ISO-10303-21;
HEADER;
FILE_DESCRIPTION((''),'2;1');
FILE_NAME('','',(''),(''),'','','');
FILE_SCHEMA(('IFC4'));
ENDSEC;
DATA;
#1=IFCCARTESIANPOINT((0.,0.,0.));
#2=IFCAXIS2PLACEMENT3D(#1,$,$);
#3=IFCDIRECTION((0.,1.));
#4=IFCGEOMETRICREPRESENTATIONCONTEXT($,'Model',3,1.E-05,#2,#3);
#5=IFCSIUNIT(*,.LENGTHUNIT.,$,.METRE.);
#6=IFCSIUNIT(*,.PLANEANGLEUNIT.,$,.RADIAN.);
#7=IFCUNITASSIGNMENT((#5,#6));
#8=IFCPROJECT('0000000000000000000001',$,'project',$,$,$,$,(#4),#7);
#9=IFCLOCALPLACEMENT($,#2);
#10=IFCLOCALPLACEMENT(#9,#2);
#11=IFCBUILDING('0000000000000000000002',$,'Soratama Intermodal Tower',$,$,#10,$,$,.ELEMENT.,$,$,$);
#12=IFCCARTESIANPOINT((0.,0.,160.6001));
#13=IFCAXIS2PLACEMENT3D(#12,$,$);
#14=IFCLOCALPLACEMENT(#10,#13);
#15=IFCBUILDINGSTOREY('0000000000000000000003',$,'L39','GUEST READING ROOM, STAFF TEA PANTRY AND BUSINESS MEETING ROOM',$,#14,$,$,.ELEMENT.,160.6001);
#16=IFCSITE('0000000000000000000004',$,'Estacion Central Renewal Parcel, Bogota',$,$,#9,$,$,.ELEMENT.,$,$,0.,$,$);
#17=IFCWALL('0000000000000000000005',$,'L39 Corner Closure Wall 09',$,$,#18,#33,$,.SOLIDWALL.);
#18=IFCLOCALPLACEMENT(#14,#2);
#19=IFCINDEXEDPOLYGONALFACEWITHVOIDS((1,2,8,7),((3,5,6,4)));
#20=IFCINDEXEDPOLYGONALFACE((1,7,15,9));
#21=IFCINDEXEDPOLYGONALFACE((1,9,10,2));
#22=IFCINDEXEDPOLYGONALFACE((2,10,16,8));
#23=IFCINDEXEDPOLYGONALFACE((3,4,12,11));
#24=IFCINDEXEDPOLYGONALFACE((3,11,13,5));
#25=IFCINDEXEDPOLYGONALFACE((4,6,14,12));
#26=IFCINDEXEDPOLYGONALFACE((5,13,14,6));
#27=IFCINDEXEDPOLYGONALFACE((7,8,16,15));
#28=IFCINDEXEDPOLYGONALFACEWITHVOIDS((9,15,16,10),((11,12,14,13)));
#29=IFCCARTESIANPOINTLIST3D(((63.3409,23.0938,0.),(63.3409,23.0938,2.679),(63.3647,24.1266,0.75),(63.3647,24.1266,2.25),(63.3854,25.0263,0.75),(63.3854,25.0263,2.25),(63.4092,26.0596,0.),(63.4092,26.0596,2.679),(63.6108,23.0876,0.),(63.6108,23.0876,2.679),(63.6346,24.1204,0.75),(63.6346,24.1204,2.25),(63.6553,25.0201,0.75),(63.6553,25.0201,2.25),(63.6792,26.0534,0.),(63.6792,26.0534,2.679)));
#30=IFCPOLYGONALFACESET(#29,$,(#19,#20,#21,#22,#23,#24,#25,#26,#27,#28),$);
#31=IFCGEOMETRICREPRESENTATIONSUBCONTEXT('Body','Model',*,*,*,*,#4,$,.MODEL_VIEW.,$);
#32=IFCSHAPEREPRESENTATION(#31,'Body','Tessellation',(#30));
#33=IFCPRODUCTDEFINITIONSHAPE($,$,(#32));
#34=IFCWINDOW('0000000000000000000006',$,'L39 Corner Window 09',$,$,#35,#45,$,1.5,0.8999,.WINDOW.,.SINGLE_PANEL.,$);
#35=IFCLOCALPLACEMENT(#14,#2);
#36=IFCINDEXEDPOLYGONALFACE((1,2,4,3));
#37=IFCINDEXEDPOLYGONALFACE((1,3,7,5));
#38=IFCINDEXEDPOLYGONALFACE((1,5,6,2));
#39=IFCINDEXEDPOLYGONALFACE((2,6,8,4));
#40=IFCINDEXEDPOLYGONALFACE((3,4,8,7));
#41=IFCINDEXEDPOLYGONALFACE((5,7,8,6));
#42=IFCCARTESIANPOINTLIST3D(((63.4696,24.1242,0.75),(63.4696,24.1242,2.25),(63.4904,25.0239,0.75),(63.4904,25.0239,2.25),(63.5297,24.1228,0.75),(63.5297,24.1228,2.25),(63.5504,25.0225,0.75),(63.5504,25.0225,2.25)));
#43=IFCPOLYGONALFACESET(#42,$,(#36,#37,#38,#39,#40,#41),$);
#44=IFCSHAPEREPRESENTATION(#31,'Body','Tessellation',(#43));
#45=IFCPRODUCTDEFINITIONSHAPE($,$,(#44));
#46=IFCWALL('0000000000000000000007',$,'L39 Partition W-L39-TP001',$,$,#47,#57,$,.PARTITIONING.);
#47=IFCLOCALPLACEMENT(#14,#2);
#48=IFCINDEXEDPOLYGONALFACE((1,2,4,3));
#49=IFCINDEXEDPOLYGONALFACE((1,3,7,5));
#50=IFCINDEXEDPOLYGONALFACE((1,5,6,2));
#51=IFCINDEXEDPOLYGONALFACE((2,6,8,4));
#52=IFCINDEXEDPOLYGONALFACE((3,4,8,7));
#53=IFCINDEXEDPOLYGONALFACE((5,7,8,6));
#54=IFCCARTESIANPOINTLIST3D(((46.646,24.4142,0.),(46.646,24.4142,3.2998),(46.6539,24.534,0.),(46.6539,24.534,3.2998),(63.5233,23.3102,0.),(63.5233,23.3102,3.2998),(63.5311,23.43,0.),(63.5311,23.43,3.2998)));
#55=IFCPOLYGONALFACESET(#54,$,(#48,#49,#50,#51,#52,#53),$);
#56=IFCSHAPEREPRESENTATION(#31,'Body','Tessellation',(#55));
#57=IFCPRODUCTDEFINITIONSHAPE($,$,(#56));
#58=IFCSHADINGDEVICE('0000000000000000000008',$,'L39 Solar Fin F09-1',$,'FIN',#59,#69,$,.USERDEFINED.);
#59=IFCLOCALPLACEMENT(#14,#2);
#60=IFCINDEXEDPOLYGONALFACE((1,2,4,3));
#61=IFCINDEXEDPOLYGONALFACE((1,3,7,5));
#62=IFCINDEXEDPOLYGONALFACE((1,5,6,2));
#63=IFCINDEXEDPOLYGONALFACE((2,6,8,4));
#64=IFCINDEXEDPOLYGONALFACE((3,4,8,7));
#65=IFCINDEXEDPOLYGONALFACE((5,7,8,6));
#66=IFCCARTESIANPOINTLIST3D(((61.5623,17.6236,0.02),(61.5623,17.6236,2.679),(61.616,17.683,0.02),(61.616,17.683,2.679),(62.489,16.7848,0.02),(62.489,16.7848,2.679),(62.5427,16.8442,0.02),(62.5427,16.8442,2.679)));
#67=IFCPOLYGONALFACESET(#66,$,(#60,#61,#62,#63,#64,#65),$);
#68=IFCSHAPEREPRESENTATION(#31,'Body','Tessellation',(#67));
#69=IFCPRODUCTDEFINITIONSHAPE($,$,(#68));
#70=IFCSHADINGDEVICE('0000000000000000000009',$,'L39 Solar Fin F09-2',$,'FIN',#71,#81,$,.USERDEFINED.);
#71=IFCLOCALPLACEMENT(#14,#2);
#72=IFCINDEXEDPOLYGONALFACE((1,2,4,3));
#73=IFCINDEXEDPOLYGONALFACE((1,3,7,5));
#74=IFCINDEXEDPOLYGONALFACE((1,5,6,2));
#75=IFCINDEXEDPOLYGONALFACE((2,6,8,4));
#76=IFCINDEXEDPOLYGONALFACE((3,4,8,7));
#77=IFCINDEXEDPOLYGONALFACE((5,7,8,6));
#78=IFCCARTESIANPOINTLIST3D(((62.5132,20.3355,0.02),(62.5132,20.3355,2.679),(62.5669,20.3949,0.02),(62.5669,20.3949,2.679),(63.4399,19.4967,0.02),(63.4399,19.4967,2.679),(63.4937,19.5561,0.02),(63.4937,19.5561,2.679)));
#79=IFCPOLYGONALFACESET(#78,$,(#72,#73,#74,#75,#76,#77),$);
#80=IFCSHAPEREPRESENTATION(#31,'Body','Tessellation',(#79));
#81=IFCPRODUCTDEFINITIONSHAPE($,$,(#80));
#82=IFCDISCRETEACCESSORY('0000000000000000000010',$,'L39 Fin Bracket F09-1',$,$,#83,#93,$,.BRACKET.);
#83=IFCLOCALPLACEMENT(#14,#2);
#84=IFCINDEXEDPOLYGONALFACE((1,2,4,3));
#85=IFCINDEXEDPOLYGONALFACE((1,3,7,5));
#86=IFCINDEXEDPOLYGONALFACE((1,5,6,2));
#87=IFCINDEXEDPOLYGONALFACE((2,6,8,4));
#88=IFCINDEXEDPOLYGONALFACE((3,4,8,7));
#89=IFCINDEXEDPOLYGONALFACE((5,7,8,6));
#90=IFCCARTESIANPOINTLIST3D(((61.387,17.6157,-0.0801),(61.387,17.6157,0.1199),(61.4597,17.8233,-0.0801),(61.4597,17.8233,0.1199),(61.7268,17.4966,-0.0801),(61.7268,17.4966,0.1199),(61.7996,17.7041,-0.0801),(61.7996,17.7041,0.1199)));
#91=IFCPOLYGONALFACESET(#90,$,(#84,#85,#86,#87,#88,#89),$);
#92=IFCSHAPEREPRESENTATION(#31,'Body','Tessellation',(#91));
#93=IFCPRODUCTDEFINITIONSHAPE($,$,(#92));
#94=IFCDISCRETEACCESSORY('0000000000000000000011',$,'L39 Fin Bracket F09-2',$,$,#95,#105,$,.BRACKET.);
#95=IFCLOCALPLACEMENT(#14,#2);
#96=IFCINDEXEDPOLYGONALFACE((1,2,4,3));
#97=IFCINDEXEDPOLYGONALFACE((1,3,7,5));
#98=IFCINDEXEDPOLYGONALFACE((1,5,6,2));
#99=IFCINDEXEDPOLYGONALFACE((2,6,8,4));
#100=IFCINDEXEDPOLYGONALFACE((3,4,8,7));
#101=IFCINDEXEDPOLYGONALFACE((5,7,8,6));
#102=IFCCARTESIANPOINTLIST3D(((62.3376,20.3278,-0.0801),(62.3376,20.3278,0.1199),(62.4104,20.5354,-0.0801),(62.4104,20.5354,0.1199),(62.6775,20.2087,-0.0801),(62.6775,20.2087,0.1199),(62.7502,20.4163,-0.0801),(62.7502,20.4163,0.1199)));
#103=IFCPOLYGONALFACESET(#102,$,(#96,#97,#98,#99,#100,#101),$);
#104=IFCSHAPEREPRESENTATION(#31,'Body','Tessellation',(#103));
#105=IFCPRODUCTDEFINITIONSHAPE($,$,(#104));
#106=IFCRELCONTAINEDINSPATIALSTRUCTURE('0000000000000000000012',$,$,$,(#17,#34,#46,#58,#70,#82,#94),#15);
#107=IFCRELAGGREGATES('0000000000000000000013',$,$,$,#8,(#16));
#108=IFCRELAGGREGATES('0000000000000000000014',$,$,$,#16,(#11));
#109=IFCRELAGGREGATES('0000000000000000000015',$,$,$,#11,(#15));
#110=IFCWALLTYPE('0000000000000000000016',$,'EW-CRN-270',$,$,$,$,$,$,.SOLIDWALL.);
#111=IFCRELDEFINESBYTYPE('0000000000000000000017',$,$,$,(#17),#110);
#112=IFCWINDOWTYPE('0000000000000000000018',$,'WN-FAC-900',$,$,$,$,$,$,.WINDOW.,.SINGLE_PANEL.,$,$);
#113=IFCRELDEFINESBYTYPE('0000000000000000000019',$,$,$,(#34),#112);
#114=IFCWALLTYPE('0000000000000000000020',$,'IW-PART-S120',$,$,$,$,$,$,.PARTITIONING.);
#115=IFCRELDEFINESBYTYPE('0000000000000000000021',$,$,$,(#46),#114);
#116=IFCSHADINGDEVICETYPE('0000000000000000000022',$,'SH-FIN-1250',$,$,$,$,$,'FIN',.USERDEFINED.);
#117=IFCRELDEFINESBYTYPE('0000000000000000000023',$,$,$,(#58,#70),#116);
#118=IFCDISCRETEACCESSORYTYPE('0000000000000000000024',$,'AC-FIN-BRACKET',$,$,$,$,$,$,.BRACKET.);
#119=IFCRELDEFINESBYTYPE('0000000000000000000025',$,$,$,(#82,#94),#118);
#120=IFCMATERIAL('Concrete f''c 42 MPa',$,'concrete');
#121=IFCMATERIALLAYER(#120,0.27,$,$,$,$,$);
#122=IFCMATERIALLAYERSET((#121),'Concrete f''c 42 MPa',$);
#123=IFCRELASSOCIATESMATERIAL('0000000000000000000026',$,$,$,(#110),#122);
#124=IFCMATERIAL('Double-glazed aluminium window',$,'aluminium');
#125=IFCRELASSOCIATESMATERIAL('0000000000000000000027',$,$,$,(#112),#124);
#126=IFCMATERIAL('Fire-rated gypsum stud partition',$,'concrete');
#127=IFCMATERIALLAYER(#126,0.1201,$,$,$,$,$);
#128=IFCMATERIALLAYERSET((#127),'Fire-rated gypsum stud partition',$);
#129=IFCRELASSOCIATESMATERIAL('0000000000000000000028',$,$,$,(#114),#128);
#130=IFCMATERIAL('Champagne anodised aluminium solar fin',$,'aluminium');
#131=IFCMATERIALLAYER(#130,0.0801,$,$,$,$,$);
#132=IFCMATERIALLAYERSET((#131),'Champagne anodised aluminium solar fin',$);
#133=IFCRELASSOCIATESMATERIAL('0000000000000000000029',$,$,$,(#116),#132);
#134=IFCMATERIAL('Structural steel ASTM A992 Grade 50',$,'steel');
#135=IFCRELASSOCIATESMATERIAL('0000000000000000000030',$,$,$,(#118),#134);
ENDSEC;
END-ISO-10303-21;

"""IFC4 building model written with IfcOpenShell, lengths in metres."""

from ifc_helpers import new_model, si_unit, direction, frame, frame_2d, origin, origin_2d, place, context, subcontext, project, spatial, rectangle, extrude, material, layer, layer_set, type_object, element, fill, save


model = new_model("IFC4")

# Units and contexts
model_context = context("Model", 3, precision=1e-05, world=origin(), true_north=direction((0.0, 1.0)))
body_context = subcontext(model_context, "Body", "Model", "MODEL_VIEW")
ifc_project = project(units=[si_unit("LENGTHUNIT", "METRE"), si_unit("PLANEANGLEUNIT", "RADIAN")], contexts=[model_context])

# Site, building, storey
site_placement = place(None, origin())
site = spatial("IfcSite", under=ifc_project, at=site_placement, Name="Estacion Central Renewal Parcel, Bogota", CompositionType="ELEMENT", RefElevation=0.0)
building_placement = place(site_placement, origin())
building = spatial("IfcBuilding", under=site, at=building_placement, Name="Soratama Intermodal Tower", CompositionType="ELEMENT")
storey_placement = place(building_placement, frame((0.0, 0.0, 160.6001)))
storey = spatial("IfcBuildingStorey", under=building, at=storey_placement, Name="L39", Description="GUEST READING ROOM, STAFF TEA PANTRY AND BUSINESS MEETING ROOM", CompositionType="ELEMENT", Elevation=160.6001)

# Wall, opening, window
ifc_material_1 = material(Name="Concrete f'c 42 MPa", Category="concrete")
ifc_layer_1 = layer(ifc_material_1, 0.27)
ifc_layer_set_1 = layer_set([ifc_layer_1], Name="Concrete f'c 42 MPa")
wall_type_1 = type_object("IfcWallType", Name="EW-CRN-270", PredefinedType="SOLIDWALL", material=ifc_layer_set_1)
wall_1_placement = place(storey_placement, frame((63.4758, 23.0906, 0.0), z_axis=(0.0, 0.0, 1.0), x_axis=(0.023043, 0.999734, 0.0)))
wall_1 = element("IfcWall", 1, at=wall_1_placement, inside=storey, type_object=wall_type_1, Name="L39 Corner Closure Wall 09", PredefinedType="SOLIDWALL", context=body_context, shape_type="SweptSolid", body=[
    extrude(rectangle(XDim=2.9666, YDim=0.27, at=frame_2d((1.4834, 0.0))), origin(), (0.0, 0.0, 1.0), 2.679),
])
opening_placement = place(wall_1_placement, frame((1.0332, 0.0, 0.75)))
opening = element("IfcOpeningElement", 2, at=opening_placement, cuts=wall_1, PredefinedType="OPENING", context=body_context, shape_type="SweptSolid", body=[
    extrude(rectangle(XDim=0.8999, YDim=1.5, at=frame_2d((0.45, 0.75))), frame((0.0, 0.145, 0.0), z_axis=(0.0, -1.0, 0.0), x_axis=(1.0, 0.0, 0.0)), (0.0, 0.0, 1.0), 0.29),
])
ifc_material_2 = material(Name="Double-glazed aluminium window", Category="aluminium")
window_type = type_object("IfcWindowType", Name="WN-FAC-900", PartitioningType="SINGLE_PANEL", PredefinedType="WINDOW", material=ifc_material_2)
window_placement = place(opening_placement, origin())
window = element("IfcWindow", 3, at=window_placement, inside=storey, type_object=window_type, Name="L39 Corner Window 09", OverallHeight=1.5, OverallWidth=0.8999, PartitioningType="SINGLE_PANEL", PredefinedType="WINDOW", context=body_context, shape_type="SweptSolid", body=[
    extrude(rectangle(XDim=0.8999, YDim=1.5, at=frame_2d((0.45, 0.75))), frame((0.0, 0.03, 0.0), z_axis=(0.0, -1.0, 0.0), x_axis=(1.0, 0.0, 0.0)), (0.0, 0.0, 1.0), 0.0601),
])
fill(opening, window)

# Wall
ifc_material_3 = material(Name="Fire-rated gypsum stud partition", Category="concrete")
ifc_layer_2 = layer(ifc_material_3, 0.1201)
ifc_layer_set_2 = layer_set([ifc_layer_2], Name="Fire-rated gypsum stud partition")
wall_type_2 = type_object("IfcWallType", Name="IW-PART-S120", PredefinedType="PARTITIONING", material=ifc_layer_set_2)
wall_2_placement = place(storey_placement, frame((63.5271, 23.3701, 0.0), z_axis=(0.0, 0.0, 1.0), x_axis=(-0.997867, 0.065274, 0.0)))
element("IfcWall", 4, at=wall_2_placement, inside=storey, type_object=wall_type_2, Name="L39 Partition W-L39-TP001", PredefinedType="PARTITIONING", context=body_context, shape_type="SweptSolid", body=[
    extrude(rectangle(XDim=16.9133, YDim=0.1201, at=frame_2d((8.4565, 0.0))), origin(), (0.0, 0.0, 1.0), 3.2998),
])

# Shading devices
ifc_material_4 = material(Name="Champagne anodised aluminium solar fin", Category="aluminium")
ifc_layer_3 = layer(ifc_material_4, 0.0801)
ifc_layer_set_3 = layer_set([ifc_layer_3], Name="Champagne anodised aluminium solar fin")
shading_device_type = type_object("IfcShadingDeviceType", Name="SH-FIN-1250", ElementType="FIN", PredefinedType="USERDEFINED", material=ifc_layer_set_3)
for number, where, z_axis, x_axis, name in (
    (5, (62.0525, 17.2339, 0.02), (0.0, 0.0, 1.0), (0.741391, -0.671074, 0.0), "L39 Solar Fin F09-1"),
    (6, (63.0034, 19.9458, 0.02), (0.0, 0.0, 1.0), (0.741391, -0.671074, 0.0), "L39 Solar Fin F09-2"),
):
    element("IfcShadingDevice", number, at=place(storey_placement, frame(where, z_axis=z_axis, x_axis=x_axis)), inside=storey, type_object=shading_device_type, Name=name, ObjectType="FIN", PredefinedType="USERDEFINED", context=body_context, shape_type="SweptSolid", body=[
        extrude(rectangle(XDim=1.25, YDim=0.0801, at=origin_2d()), origin(), (0.0, 0.0, 1.0), 2.6589),
    ])

# Discrete accessories
ifc_material_5 = material(Name="Structural steel ASTM A992 Grade 50", Category="steel")
discrete_accessory_type = type_object("IfcDiscreteAccessoryType", Name="AC-FIN-BRACKET", PredefinedType="BRACKET", material=ifc_material_5)
for number, where, z_axis, x_axis, name in (
    (7, (61.5933, 17.6599, -0.0801), (0.0, 0.0, 1.0), (0.943686, -0.330844, 0.0), "L39 Fin Bracket F09-1"),
    (8, (62.5439, 20.3721, -0.0801), (0.0, 0.0, 1.0), (0.943686, -0.330844, 0.0), "L39 Fin Bracket F09-2"),
):
    element("IfcDiscreteAccessory", number, at=place(storey_placement, frame(where, z_axis=z_axis, x_axis=x_axis)), inside=storey, type_object=discrete_accessory_type, Name=name, PredefinedType="BRACKET", context=body_context, shape_type="SweptSolid", body=[
        extrude(rectangle(XDim=0.3601, YDim=0.22, at=origin_2d()), origin(), (0.0, 0.0, 1.0), 0.2),
    ])

save(model, "model.ifc")
